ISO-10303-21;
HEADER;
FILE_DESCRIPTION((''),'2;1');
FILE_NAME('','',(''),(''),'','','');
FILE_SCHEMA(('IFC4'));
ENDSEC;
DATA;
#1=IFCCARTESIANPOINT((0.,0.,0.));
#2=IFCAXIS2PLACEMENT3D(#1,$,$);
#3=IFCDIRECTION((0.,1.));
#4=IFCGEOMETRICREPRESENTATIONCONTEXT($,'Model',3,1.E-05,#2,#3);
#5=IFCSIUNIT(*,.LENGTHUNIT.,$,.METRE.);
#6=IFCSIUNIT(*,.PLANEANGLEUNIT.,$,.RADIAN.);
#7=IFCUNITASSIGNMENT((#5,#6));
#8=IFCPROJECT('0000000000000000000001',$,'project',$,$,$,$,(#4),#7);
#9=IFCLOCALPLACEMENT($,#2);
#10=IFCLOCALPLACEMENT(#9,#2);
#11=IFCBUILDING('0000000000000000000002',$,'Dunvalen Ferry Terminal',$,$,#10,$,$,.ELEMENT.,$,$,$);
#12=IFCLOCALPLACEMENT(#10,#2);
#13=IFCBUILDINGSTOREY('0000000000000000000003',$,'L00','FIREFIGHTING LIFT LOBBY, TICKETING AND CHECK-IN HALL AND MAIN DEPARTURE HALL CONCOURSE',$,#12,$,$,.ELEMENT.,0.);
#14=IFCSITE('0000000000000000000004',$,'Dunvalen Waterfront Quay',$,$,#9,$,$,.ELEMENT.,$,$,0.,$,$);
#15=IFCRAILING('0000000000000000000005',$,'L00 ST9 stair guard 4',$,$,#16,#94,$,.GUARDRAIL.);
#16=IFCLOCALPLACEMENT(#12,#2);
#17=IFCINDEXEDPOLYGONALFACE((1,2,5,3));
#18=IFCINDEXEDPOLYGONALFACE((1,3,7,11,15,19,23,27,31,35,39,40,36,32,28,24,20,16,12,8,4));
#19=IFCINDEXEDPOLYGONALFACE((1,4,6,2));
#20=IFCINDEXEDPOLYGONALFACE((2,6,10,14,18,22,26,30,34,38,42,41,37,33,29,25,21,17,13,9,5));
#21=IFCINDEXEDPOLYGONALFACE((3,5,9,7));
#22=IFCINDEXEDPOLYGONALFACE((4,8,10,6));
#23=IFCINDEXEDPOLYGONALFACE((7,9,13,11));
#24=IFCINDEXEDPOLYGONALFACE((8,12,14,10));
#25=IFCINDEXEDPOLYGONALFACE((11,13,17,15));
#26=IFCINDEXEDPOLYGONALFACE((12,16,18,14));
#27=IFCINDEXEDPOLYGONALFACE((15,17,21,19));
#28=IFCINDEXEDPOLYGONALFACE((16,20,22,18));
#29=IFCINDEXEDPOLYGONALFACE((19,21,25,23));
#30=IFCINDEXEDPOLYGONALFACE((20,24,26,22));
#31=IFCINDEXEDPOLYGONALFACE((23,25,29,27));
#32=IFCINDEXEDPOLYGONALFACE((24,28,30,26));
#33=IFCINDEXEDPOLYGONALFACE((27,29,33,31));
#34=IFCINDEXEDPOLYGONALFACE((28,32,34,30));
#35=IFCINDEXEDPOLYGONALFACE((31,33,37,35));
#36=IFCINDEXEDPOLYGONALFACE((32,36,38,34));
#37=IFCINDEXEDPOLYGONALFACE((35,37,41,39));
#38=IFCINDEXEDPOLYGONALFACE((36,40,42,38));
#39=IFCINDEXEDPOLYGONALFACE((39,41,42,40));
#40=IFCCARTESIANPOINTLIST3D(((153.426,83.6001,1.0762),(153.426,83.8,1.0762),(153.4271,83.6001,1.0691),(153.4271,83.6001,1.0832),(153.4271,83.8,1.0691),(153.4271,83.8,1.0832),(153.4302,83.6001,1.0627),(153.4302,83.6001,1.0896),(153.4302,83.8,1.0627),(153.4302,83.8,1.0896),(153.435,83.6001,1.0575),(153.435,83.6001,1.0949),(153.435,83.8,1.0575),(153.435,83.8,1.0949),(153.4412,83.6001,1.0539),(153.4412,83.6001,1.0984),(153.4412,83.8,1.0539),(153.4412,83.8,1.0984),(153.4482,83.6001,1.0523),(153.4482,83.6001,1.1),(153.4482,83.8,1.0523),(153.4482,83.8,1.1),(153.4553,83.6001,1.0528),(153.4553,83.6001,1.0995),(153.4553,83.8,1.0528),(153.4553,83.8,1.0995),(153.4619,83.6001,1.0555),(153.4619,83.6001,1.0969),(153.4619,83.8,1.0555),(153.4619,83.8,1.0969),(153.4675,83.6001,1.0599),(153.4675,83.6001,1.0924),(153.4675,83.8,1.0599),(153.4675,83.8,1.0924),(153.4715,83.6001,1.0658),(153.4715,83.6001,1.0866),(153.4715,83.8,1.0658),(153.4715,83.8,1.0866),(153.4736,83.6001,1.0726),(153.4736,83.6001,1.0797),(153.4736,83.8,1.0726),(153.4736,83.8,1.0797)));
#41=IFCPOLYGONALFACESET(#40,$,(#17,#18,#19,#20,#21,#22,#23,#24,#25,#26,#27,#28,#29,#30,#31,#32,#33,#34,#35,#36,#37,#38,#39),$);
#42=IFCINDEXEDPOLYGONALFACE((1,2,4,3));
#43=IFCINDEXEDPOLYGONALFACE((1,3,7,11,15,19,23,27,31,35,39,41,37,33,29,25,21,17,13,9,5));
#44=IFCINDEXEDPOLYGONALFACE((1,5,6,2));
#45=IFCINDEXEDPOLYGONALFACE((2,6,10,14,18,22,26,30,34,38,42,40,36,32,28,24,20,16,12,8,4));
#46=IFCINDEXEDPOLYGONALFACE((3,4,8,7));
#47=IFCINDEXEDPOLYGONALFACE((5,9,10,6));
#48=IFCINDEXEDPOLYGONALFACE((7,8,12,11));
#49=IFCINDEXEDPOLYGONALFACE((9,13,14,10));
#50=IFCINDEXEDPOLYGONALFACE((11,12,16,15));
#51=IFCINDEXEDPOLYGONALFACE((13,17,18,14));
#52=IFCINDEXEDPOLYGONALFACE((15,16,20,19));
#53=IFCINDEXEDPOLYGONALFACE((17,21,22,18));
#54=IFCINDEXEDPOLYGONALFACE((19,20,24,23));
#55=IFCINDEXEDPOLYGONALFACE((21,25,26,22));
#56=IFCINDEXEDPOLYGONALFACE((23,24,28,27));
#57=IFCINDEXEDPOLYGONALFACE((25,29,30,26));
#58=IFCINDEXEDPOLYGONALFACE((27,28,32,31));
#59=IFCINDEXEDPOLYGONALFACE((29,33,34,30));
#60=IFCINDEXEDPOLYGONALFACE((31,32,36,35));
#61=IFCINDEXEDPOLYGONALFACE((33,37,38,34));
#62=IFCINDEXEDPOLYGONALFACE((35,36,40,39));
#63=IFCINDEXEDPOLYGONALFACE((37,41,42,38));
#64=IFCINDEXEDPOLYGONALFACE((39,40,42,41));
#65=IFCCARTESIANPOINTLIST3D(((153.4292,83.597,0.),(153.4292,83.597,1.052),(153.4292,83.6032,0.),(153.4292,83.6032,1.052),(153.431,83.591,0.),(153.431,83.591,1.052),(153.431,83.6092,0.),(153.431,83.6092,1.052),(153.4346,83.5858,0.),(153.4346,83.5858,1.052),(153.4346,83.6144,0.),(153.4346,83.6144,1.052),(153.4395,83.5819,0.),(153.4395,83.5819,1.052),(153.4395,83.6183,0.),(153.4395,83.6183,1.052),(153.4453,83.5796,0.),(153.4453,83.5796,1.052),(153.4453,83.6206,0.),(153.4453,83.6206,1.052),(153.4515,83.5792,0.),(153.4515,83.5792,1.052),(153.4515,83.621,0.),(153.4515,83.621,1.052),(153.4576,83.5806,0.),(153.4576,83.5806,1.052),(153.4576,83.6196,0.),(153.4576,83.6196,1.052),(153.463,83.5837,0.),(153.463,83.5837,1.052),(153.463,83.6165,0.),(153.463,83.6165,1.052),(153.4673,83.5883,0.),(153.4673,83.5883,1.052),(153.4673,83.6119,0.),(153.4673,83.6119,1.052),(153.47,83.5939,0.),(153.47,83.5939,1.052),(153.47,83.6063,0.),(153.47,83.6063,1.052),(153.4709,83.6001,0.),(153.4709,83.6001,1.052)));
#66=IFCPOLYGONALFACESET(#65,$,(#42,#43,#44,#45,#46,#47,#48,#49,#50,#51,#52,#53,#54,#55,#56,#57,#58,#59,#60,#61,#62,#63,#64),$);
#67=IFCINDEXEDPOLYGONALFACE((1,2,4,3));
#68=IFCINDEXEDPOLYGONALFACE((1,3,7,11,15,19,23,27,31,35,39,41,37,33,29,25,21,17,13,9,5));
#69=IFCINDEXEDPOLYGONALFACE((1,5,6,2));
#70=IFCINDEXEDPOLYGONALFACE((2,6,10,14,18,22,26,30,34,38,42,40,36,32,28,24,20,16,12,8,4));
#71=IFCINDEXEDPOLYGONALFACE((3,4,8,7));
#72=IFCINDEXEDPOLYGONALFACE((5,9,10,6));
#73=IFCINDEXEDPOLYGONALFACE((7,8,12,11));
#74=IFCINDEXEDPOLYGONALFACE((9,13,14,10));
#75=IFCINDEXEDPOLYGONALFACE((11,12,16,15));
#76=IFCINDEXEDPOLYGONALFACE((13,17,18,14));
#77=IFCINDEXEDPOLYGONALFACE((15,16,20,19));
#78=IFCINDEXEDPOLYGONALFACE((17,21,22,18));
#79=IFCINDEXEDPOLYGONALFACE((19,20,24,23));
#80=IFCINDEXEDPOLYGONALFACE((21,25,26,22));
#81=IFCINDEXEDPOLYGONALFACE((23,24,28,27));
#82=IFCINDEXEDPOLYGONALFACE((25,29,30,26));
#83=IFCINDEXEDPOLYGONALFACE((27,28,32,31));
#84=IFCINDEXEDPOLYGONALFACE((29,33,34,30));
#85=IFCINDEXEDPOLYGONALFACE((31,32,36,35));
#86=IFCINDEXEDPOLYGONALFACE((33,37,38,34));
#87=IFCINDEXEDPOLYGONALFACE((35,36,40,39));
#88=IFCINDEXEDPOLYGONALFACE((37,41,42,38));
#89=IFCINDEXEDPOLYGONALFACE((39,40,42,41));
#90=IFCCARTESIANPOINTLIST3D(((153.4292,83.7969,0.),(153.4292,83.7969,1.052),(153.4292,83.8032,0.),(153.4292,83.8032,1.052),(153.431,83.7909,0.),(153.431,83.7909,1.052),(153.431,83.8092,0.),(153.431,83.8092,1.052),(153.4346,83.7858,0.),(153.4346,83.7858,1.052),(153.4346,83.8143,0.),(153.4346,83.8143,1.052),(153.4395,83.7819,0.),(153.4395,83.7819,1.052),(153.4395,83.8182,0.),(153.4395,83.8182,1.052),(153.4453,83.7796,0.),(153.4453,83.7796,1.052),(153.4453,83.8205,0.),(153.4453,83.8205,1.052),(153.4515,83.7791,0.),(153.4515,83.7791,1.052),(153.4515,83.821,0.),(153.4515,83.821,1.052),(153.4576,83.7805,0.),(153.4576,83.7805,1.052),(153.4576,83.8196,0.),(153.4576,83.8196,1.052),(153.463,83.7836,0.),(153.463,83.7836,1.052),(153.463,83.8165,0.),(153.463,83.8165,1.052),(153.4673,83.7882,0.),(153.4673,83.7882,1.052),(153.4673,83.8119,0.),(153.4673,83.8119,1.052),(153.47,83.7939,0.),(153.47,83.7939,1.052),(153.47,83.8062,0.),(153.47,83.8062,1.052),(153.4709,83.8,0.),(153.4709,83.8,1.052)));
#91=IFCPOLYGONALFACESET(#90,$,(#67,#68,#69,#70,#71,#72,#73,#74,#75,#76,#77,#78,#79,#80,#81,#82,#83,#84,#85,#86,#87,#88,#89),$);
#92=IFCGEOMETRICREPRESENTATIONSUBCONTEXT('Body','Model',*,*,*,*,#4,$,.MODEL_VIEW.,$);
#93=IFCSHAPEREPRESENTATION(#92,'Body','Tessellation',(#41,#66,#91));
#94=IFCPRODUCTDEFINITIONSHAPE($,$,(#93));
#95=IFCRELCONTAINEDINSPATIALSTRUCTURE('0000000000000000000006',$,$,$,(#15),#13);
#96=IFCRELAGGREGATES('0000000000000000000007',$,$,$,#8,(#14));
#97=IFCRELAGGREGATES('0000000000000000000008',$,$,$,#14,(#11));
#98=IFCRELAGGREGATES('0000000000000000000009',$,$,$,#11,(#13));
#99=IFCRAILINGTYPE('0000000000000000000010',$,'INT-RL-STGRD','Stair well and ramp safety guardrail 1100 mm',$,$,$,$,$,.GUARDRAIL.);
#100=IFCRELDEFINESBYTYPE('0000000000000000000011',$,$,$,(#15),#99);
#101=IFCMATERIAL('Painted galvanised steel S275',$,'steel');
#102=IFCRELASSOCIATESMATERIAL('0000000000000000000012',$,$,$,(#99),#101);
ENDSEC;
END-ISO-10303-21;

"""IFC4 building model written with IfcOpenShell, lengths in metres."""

from ifc_helpers import new_model, si_unit, direction, frame, origin, origin_2d, place, context, subcontext, project, spatial, circle, extrude, material, type_object, element, save


model = new_model("IFC4")

# Units and contexts
model_context = context("Model", 3, precision=1e-05, world=origin(), true_north=direction((0.0, 1.0)))
body_context = subcontext(model_context, "Body", "Model", "MODEL_VIEW")
ifc_project = project(units=[si_unit("LENGTHUNIT", "METRE"), si_unit("PLANEANGLEUNIT", "RADIAN")], contexts=[model_context])

# Site, building, storey
site_placement = place(None, origin())
site = spatial("IfcSite", under=ifc_project, at=site_placement, Name="Dunvalen Waterfront Quay", CompositionType="ELEMENT", RefElevation=0.0)
building_placement = place(site_placement, origin())
building = spatial("IfcBuilding", under=site, at=building_placement, Name="Dunvalen Ferry Terminal", CompositionType="ELEMENT")
storey_placement = place(building_placement, origin())
storey = spatial("IfcBuildingStorey", under=building, at=storey_placement, Name="L00", Description="FIREFIGHTING LIFT LOBBY, TICKETING AND CHECK-IN HALL AND MAIN DEPARTURE HALL CONCOURSE", CompositionType="ELEMENT", Elevation=0.0)

# Railing
ifc_material_1 = material(Name="Painted galvanised steel S275", Category="steel")
railing_type_1 = type_object("IfcRailingType", Name="INT-RL-STGRD", Description="Stair well and ramp safety guardrail 1100 mm", PredefinedType="GUARDRAIL", material=ifc_material_1)
railing_1_placement = place(storey_placement, frame((153.45, 83.6001, 0.0)))
element("IfcRailing", 1, at=railing_1_placement, inside=storey, type_object=railing_type_1, Name="L00 ST9 stair guard 4", PredefinedType="GUARDRAIL", context=body_context, shape_type="SweptSolid", body=[
    extrude(circle(Radius=0.0239, at=origin_2d()), frame((0.0, 0.0, 1.0762), z_axis=(0.0, 1.0, 0.0), x_axis=(-1.0, 0.0, 0.0)), (0.0, 0.0, 1.0), 0.2),
    extrude(circle(Radius=0.021, at=origin_2d()), origin(), (0.0, 0.0, 1.0), 1.052),
    extrude(circle(Radius=0.021, at=origin_2d()), frame((0.0, 0.2, 0.0)), (0.0, 0.0, 1.0), 1.052),
])

save(model, "model.ifc")
